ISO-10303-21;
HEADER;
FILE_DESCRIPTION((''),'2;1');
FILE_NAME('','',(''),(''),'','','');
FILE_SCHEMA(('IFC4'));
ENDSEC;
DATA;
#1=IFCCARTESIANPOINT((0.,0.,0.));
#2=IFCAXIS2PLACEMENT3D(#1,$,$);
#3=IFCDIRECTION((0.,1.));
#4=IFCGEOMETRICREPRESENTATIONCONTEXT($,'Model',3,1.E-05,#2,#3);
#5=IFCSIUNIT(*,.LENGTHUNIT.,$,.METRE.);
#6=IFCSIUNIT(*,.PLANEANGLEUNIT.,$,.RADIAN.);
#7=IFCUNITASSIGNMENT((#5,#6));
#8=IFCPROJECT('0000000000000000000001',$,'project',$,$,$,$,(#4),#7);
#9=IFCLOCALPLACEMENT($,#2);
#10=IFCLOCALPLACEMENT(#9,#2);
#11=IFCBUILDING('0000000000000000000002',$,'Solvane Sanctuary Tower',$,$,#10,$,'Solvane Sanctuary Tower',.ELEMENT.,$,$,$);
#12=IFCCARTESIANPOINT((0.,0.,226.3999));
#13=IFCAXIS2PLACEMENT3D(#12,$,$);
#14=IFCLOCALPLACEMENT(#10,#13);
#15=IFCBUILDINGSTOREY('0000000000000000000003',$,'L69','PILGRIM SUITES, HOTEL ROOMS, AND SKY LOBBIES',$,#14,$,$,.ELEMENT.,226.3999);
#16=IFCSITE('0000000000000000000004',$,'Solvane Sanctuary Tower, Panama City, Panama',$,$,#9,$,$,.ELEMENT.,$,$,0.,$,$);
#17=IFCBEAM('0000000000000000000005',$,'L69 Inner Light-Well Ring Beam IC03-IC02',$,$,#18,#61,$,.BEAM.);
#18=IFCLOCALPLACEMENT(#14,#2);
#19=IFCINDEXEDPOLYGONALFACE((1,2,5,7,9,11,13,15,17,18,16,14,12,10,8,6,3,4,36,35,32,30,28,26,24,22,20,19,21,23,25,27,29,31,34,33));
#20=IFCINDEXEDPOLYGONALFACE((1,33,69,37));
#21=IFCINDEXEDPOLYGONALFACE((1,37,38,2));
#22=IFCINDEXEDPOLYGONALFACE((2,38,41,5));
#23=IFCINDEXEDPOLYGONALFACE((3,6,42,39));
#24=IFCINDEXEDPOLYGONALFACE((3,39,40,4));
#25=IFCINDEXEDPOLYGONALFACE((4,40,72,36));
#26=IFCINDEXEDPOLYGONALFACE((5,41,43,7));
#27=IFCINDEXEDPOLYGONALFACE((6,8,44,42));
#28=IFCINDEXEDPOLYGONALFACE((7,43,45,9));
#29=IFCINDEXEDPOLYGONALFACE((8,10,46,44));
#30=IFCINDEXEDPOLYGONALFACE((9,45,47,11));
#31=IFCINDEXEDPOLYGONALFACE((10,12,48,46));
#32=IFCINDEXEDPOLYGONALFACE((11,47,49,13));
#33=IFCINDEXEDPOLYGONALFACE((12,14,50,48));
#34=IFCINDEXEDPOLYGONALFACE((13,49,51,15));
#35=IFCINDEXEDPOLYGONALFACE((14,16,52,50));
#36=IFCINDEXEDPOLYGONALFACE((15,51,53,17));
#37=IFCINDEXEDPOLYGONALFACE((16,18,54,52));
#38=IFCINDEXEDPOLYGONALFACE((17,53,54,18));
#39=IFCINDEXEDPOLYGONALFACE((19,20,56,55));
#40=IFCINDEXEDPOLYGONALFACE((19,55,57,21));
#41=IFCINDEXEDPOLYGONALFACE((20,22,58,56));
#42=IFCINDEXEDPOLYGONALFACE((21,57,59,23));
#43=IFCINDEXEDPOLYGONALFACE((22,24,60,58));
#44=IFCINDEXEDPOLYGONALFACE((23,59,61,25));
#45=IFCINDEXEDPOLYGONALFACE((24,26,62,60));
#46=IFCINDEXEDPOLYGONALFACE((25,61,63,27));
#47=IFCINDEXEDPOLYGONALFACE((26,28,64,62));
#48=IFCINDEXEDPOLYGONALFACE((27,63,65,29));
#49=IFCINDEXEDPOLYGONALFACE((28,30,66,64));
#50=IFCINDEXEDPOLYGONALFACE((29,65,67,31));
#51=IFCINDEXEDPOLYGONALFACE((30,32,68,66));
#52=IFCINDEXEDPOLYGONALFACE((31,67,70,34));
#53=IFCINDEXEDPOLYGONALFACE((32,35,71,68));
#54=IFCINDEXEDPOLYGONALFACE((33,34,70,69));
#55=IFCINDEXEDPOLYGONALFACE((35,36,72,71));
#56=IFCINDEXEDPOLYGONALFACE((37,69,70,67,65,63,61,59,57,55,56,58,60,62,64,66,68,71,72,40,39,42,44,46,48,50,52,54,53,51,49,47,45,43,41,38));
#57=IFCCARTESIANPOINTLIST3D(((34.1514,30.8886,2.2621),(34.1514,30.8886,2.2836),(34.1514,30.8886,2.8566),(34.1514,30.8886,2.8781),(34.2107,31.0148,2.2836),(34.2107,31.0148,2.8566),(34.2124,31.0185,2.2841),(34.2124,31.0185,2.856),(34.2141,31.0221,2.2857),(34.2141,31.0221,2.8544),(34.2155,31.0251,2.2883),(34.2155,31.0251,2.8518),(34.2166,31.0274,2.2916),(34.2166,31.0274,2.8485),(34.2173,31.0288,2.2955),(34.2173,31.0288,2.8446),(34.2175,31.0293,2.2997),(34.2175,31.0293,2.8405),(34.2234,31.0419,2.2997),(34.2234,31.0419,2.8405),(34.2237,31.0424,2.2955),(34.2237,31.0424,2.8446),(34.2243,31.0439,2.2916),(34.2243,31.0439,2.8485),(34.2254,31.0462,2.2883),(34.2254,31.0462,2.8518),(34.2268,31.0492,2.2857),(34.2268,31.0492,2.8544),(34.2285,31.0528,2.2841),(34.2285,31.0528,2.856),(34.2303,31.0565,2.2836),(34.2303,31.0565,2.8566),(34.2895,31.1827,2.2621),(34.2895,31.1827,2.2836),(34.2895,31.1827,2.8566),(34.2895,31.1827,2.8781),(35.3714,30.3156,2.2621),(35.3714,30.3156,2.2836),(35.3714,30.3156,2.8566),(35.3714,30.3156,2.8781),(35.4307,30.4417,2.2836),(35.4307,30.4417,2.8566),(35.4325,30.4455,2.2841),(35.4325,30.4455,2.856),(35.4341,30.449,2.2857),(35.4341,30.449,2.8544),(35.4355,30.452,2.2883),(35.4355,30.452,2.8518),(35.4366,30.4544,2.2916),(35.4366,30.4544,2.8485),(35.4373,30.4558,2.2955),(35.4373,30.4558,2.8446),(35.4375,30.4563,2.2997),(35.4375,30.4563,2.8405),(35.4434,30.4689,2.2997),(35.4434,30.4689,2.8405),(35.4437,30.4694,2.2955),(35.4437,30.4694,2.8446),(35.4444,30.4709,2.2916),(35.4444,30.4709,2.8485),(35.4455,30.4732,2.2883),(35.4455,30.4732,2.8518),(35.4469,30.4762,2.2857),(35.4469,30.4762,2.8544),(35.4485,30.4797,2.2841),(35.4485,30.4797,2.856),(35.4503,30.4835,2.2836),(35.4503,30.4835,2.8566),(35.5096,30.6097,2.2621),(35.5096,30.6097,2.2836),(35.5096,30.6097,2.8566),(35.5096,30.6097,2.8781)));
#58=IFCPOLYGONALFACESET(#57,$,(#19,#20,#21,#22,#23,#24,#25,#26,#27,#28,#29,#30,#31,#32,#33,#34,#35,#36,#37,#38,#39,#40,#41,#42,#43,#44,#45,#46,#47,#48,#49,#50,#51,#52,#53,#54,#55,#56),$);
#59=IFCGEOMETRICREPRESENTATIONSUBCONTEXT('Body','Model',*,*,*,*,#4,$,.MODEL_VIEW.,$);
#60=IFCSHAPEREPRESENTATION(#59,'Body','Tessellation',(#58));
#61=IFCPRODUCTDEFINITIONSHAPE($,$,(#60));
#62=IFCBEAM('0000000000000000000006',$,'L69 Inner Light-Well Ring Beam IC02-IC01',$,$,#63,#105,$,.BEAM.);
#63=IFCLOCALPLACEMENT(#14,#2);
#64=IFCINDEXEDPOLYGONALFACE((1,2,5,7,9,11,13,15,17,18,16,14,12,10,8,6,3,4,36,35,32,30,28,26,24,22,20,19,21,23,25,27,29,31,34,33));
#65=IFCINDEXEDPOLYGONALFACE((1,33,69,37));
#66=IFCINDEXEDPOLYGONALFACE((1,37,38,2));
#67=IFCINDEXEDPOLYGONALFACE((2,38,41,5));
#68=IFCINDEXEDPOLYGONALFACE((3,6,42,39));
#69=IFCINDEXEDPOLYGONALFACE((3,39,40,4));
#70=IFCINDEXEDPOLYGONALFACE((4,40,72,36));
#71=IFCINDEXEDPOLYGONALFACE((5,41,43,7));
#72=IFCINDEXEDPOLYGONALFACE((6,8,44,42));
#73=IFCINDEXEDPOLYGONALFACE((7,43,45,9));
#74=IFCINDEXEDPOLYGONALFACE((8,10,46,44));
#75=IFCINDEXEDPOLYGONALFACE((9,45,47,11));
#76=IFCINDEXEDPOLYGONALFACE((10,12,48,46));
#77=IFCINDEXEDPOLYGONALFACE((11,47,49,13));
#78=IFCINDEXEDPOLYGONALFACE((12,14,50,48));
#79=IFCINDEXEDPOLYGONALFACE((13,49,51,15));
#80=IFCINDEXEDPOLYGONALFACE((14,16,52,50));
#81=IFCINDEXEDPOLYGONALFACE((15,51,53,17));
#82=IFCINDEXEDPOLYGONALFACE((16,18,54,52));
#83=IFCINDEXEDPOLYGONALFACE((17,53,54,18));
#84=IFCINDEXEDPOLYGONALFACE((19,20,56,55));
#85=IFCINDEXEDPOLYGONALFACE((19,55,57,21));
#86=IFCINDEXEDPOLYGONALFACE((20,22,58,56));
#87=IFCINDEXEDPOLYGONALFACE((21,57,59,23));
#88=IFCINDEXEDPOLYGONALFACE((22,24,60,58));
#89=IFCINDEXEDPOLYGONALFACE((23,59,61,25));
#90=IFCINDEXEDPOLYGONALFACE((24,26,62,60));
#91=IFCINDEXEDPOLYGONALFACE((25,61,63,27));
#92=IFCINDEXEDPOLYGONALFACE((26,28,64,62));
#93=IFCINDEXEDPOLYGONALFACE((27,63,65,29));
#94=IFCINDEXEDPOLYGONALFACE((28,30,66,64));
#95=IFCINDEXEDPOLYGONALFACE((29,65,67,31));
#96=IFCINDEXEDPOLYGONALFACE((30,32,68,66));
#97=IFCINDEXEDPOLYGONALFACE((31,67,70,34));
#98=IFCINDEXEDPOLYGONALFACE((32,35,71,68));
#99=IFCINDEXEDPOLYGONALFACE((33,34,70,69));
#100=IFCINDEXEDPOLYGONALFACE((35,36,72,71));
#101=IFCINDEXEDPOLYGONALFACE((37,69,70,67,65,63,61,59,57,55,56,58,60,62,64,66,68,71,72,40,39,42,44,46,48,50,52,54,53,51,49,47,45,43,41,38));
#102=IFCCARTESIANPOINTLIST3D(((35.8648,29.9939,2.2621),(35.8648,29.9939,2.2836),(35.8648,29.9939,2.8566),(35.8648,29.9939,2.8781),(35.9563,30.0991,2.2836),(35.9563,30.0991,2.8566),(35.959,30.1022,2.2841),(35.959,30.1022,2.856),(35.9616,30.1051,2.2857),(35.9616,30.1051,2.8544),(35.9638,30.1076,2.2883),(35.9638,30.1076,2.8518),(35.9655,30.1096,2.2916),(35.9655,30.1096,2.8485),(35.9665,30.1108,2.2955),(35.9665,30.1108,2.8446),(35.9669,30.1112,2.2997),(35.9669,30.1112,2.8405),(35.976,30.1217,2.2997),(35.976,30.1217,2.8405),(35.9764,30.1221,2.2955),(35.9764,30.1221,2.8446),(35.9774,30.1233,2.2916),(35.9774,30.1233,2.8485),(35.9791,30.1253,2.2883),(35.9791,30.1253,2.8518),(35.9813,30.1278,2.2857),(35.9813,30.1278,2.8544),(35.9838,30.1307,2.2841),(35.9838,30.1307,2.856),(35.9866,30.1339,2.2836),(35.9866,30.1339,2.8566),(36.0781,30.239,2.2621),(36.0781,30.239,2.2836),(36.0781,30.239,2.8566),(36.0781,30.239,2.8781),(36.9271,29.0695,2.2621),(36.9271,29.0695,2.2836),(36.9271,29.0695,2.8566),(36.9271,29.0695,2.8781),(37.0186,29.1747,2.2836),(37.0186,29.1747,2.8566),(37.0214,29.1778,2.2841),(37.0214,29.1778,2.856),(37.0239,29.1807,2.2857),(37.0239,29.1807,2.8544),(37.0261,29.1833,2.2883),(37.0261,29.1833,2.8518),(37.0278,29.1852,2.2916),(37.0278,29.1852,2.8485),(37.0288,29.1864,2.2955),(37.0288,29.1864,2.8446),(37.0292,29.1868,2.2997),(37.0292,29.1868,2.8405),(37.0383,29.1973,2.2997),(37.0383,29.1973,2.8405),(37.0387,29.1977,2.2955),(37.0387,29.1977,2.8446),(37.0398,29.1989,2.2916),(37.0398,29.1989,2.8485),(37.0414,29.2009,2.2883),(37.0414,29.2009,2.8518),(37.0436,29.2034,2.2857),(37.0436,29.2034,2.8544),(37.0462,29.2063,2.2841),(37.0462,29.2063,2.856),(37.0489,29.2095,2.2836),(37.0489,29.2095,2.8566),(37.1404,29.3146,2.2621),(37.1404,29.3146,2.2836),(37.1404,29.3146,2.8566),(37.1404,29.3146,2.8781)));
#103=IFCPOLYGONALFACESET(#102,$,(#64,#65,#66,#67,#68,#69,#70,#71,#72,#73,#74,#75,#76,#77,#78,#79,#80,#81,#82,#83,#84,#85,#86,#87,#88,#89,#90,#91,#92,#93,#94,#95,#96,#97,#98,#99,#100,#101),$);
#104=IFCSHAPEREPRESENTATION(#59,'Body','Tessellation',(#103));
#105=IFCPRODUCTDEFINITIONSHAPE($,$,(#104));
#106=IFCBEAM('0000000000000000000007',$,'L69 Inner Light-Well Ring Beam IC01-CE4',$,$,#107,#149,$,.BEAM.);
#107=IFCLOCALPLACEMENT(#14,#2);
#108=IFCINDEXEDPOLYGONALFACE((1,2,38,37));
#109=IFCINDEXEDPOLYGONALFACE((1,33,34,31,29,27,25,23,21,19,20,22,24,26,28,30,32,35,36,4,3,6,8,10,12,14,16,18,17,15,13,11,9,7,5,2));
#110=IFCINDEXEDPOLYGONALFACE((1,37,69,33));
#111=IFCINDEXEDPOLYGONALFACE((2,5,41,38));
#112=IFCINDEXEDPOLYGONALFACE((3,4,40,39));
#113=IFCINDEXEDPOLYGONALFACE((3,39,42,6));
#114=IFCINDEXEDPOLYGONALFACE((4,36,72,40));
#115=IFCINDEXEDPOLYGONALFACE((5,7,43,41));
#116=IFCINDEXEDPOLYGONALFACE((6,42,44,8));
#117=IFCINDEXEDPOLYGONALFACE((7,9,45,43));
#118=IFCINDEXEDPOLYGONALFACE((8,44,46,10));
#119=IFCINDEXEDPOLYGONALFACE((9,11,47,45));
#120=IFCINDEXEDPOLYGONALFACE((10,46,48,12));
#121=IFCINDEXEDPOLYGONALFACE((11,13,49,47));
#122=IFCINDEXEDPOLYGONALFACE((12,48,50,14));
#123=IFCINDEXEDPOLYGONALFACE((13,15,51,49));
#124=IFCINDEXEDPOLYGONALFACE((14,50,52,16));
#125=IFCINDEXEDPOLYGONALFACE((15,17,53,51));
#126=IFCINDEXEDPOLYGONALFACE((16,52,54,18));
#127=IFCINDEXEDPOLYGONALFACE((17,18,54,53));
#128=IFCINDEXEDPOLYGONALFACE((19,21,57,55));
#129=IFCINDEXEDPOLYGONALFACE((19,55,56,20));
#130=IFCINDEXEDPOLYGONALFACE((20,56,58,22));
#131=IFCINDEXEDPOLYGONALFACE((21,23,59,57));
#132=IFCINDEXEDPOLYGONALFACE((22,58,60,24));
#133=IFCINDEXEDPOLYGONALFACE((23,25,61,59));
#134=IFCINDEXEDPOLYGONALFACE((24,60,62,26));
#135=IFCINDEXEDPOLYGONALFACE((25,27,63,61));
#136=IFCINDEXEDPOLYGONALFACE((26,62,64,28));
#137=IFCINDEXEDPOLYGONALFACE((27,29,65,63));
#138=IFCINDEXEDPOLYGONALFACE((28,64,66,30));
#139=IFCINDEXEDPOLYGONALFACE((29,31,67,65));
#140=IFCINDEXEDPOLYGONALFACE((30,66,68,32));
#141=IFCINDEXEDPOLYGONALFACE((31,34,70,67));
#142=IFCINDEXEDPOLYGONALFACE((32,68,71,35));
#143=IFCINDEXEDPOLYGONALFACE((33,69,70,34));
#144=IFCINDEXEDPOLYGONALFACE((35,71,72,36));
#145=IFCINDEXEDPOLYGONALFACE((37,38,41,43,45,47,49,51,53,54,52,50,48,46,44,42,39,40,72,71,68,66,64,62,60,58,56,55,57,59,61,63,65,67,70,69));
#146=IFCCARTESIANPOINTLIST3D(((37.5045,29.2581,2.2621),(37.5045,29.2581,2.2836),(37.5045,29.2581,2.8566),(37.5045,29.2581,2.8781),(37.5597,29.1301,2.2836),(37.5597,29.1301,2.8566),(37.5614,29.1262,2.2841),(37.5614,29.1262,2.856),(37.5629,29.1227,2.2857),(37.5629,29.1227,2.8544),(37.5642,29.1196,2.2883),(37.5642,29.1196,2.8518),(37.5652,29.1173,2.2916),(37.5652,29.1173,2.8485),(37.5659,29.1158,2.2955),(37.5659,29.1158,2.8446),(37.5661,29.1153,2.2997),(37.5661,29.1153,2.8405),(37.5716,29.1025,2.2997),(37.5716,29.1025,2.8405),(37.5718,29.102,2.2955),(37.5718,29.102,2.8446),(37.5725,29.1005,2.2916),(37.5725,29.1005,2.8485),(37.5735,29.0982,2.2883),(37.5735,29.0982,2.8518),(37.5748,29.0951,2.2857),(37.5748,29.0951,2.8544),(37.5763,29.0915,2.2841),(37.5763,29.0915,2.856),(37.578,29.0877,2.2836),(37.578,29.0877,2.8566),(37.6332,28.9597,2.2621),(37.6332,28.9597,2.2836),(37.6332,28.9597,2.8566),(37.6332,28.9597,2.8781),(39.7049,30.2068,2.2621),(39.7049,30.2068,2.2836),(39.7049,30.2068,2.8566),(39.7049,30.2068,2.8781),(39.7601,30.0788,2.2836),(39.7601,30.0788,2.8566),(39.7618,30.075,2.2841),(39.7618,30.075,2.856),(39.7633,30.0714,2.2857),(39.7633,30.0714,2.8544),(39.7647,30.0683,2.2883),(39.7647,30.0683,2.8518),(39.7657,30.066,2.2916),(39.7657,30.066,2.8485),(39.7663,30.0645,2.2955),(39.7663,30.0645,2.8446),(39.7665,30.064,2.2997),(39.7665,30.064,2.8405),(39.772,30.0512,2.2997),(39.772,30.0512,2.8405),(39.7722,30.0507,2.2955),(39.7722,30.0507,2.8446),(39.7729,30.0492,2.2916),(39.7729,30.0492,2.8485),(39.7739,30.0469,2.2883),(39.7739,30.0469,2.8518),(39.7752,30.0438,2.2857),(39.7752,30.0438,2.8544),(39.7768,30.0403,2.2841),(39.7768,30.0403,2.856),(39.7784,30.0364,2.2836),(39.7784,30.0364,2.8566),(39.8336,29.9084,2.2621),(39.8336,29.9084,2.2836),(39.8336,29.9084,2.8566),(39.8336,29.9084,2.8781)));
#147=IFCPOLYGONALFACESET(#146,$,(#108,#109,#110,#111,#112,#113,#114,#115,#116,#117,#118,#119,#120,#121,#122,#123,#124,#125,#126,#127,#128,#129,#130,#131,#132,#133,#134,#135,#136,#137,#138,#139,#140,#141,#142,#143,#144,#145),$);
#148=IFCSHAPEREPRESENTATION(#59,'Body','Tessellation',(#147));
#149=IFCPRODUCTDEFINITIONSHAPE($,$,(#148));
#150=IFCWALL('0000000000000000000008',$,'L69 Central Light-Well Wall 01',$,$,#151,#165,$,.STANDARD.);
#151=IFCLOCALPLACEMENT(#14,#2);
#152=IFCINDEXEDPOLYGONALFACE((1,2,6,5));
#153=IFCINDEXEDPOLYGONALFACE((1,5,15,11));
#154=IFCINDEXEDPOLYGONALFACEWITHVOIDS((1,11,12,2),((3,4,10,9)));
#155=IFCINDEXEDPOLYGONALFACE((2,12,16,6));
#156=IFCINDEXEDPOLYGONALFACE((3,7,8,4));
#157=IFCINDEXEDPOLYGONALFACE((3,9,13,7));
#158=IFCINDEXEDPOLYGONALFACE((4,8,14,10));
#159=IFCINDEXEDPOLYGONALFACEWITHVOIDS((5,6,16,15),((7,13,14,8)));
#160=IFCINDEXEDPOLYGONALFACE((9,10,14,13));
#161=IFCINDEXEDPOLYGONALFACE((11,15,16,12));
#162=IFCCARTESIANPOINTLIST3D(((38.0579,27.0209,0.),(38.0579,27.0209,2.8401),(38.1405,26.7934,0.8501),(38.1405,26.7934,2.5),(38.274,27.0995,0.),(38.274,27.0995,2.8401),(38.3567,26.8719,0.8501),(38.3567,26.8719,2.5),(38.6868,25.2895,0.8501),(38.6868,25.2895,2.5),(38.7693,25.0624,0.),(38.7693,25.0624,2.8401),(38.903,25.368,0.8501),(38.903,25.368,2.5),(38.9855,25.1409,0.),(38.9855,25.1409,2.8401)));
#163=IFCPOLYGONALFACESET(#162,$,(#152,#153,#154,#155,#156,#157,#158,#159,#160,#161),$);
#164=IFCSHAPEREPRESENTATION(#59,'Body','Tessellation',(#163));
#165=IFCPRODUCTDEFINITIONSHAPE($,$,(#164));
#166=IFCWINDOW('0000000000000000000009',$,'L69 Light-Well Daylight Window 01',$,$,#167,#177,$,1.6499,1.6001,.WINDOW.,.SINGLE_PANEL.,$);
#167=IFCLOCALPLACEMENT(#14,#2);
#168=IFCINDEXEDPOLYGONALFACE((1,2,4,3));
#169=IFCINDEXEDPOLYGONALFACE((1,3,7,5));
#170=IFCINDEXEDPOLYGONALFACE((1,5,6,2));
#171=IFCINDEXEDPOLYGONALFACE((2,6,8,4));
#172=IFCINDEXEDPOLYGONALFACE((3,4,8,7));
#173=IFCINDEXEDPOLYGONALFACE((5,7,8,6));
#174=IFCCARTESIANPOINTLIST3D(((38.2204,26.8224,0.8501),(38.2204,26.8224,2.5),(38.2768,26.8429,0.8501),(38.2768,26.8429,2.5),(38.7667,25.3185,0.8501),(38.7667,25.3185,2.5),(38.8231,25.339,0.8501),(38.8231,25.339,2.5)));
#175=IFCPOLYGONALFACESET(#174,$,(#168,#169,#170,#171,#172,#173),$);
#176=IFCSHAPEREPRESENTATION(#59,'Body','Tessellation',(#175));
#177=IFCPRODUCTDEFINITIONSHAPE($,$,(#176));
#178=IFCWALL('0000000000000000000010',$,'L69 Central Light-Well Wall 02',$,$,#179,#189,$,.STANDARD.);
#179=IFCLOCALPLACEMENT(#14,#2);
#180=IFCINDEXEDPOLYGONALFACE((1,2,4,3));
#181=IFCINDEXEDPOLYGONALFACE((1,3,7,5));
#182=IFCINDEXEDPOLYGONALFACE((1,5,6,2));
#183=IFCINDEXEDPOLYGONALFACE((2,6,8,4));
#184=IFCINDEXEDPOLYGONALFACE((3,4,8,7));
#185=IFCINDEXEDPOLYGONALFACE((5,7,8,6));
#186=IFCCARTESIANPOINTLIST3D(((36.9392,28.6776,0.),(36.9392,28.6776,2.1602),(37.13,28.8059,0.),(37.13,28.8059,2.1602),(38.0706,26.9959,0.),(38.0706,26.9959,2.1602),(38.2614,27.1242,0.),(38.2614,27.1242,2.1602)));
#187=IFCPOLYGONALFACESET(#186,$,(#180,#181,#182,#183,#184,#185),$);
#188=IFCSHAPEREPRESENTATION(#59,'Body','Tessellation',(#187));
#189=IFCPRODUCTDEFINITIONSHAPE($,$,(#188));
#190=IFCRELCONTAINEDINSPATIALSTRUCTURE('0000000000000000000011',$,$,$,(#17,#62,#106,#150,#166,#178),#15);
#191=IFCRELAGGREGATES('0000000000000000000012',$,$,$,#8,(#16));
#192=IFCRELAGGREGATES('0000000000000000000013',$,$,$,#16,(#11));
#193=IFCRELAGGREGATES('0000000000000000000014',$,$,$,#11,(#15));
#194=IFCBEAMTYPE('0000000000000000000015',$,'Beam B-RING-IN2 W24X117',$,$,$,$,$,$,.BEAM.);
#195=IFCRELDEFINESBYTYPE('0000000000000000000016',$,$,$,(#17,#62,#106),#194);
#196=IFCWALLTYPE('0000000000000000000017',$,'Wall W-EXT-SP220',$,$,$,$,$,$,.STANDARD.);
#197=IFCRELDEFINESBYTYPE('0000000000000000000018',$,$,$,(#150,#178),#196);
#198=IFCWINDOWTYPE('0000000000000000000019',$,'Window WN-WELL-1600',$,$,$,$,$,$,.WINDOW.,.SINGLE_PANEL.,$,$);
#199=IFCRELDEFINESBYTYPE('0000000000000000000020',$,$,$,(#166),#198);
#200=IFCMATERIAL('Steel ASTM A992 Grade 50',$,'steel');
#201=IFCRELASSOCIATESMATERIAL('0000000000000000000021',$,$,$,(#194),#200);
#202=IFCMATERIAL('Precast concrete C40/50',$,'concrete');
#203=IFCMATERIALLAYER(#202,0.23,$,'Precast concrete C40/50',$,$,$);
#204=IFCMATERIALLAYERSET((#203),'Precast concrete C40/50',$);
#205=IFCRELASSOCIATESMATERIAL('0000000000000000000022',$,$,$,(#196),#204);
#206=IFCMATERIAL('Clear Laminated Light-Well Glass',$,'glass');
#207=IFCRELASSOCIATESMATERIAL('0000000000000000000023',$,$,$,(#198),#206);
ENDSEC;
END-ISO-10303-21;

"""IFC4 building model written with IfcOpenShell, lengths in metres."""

from ifc_helpers import new_model, si_unit, direction, frame, frame_2d, origin, origin_2d, place, context, subcontext, project, spatial, rectangle, i_section, extrude, material, layer, layer_set, material_profile, profile_set, type_object, element, fill, save


model = new_model("IFC4")

# Units and contexts
model_context = context("Model", 3, precision=1e-05, world=origin(), true_north=direction((0.0, 1.0)))
body_context = subcontext(model_context, "Body", "Model", "MODEL_VIEW")
ifc_project = project(units=[si_unit("LENGTHUNIT", "METRE"), si_unit("PLANEANGLEUNIT", "RADIAN")], contexts=[model_context])

# Site, building, storey
site_placement = place(None, origin())
site = spatial("IfcSite", under=ifc_project, at=site_placement, Name="Solvane Sanctuary Tower, Panama City, Panama", CompositionType="ELEMENT", RefElevation=0.0)
building_placement = place(site_placement, origin())
building = spatial("IfcBuilding", under=site, at=building_placement, Name="Solvane Sanctuary Tower", LongName="Solvane Sanctuary Tower", CompositionType="ELEMENT")
storey_placement = place(building_placement, frame((0.0, 0.0, 226.3999)))
storey = spatial("IfcBuildingStorey", under=building, at=storey_placement, Name="L69", Description="PILGRIM SUITES, HOTEL ROOMS, AND SKY LOBBIES", CompositionType="ELEMENT", Elevation=226.3999)

# Beams
ifc_material_1 = material(Name="Steel ASTM A992 Grade 50", Category="steel")
ifc_material_profile_1 = material_profile(ifc_material_1, i_section(OverallWidth=0.325, OverallDepth=0.616, WebThickness=0.0139, FlangeThickness=0.0215, FilletRadius=0.0161, at=origin_2d()), Name="W24X117")
ifc_profile_set_1 = profile_set([ifc_material_profile_1], Name="Steel ASTM A992 Grade 50")
beam_type_1 = type_object("IfcBeamType", Name="Beam B-RING-IN2 W24X117", PredefinedType="BEAM", material=ifc_profile_set_1)
beam_1_placement = place(storey_placement, frame((34.2205, 31.0356, 2.5701), z_axis=(0.905135, -0.425125, 0.0), x_axis=(0.425125, 0.905135, 0.0)))
element("IfcBeam", 1, at=beam_1_placement, inside=storey, type_object=beam_type_1, Name="L69 Inner Light-Well Ring Beam IC03-IC02", PredefinedType="BEAM", context=body_context, shape_type="SweptSolid", body=[
    extrude(i_section(OverallWidth=0.325, OverallDepth=0.616, WebThickness=0.0139, FlangeThickness=0.0215, FilletRadius=0.0161, at=origin_2d()), origin(), (0.0, 0.0, 1.0), 1.3479),
])
beam_2_placement = place(storey_placement, frame((35.9714, 30.1165, 2.5701), z_axis=(0.754389, -0.656428, 0.0), x_axis=(0.656428, 0.754389, 0.0)))
element("IfcBeam", 2, at=beam_2_placement, inside=storey, type_object=beam_type_1, Name="L69 Inner Light-Well Ring Beam IC02-IC01", PredefinedType="BEAM", context=body_context, shape_type="SweptSolid", body=[
    extrude(i_section(OverallWidth=0.325, OverallDepth=0.616, WebThickness=0.0139, FlangeThickness=0.0215, FilletRadius=0.0161, at=origin_2d()), origin(), (0.0, 0.0, 1.0), 1.4082),
])
beam_3_placement = place(storey_placement, frame((37.5688, 29.1089, 2.5701), z_axis=(0.918284, 0.395923, 0.0), x_axis=(-0.395923, 0.918284, 0.0)))
element("IfcBeam", 3, at=beam_3_placement, inside=storey, type_object=beam_type_1, Name="L69 Inner Light-Well Ring Beam IC01-CE4", PredefinedType="BEAM", context=body_context, shape_type="SweptSolid", body=[
    extrude(i_section(OverallWidth=0.325, OverallDepth=0.616, WebThickness=0.0139, FlangeThickness=0.0215, FilletRadius=0.0161, at=origin_2d()), origin(), (0.0, 0.0, 1.0), 2.3962),
])

# Wall, opening, window
ifc_material_2 = material(Name="Precast concrete C40/50", Category="concrete")
ifc_layer_1 = layer(ifc_material_2, 0.23, Name="Precast concrete C40/50")
ifc_layer_set_1 = layer_set([ifc_layer_1], Name="Precast concrete C40/50")
wall_type_1 = type_object("IfcWallType", Name="Wall W-EXT-SP220", PredefinedType="STANDARD", material=ifc_layer_set_1)
wall_1_placement = place(storey_placement, frame((38.8774, 25.1016, 0.0), z_axis=(0.0, 0.0, 1.0), x_axis=(-0.341423, 0.93991, 0.0)))
wall_1 = element("IfcWall", 4, at=wall_1_placement, inside=storey, type_object=wall_type_1, Name="L69 Central Light-Well Wall 01", PredefinedType="STANDARD", context=body_context, shape_type="SweptSolid", body=[
    extrude(rectangle(XDim=2.0837, YDim=0.23, at=frame_2d((1.042, 0.0))), origin(), (0.0, 0.0, 1.0), 2.8401),
])
opening_placement = place(wall_1_placement, frame((0.2417, 0.0, 0.8501)))
opening = element("IfcOpeningElement", 5, at=opening_placement, cuts=wall_1, PredefinedType="OPENING", context=body_context, shape_type="SweptSolid", body=[
    extrude(rectangle(XDim=1.6001, YDim=1.6499, at=frame_2d((0.8, 0.825))), frame((0.0, 0.125, 0.0), z_axis=(0.0, -1.0, 0.0), x_axis=(1.0, 0.0, 0.0)), (0.0, 0.0, 1.0), 0.25),
])
ifc_material_3 = material(Name="Clear Laminated Light-Well Glass", Category="glass")
window_type = type_object("IfcWindowType", Name="Window WN-WELL-1600", PartitioningType="SINGLE_PANEL", PredefinedType="WINDOW", material=ifc_material_3)
window_placement = place(opening_placement, origin())
window = element("IfcWindow", 6, at=window_placement, inside=storey, type_object=window_type, Name="L69 Light-Well Daylight Window 01", OverallHeight=1.6499, OverallWidth=1.6001, PartitioningType="SINGLE_PANEL", PredefinedType="WINDOW", context=body_context, shape_type="SweptSolid", body=[
    extrude(rectangle(XDim=1.6001, YDim=1.6499, at=frame_2d((0.8, 0.825))), frame((0.0, 0.03, 0.0), z_axis=(0.0, -1.0, 0.0), x_axis=(1.0, 0.0, 0.0)), (0.0, 0.0, 1.0), 0.0601),
])
fill(opening, window)

# Wall
wall_2_placement = place(storey_placement, frame((38.166, 27.0601, 0.0), z_axis=(0.0, 0.0, 1.0), x_axis=(-0.558198, 0.829708, 0.0)))
element("IfcWall", 7, at=wall_2_placement, inside=storey, type_object=wall_type_1, Name="L69 Central Light-Well Wall 02", PredefinedType="STANDARD", context=body_context, shape_type="SweptSolid", body=[
    extrude(rectangle(XDim=2.0269, YDim=0.23, at=frame_2d((1.0134, 0.0))), origin(), (0.0, 0.0, 1.0), 2.1602),
])

save(model, "model.ifc")
